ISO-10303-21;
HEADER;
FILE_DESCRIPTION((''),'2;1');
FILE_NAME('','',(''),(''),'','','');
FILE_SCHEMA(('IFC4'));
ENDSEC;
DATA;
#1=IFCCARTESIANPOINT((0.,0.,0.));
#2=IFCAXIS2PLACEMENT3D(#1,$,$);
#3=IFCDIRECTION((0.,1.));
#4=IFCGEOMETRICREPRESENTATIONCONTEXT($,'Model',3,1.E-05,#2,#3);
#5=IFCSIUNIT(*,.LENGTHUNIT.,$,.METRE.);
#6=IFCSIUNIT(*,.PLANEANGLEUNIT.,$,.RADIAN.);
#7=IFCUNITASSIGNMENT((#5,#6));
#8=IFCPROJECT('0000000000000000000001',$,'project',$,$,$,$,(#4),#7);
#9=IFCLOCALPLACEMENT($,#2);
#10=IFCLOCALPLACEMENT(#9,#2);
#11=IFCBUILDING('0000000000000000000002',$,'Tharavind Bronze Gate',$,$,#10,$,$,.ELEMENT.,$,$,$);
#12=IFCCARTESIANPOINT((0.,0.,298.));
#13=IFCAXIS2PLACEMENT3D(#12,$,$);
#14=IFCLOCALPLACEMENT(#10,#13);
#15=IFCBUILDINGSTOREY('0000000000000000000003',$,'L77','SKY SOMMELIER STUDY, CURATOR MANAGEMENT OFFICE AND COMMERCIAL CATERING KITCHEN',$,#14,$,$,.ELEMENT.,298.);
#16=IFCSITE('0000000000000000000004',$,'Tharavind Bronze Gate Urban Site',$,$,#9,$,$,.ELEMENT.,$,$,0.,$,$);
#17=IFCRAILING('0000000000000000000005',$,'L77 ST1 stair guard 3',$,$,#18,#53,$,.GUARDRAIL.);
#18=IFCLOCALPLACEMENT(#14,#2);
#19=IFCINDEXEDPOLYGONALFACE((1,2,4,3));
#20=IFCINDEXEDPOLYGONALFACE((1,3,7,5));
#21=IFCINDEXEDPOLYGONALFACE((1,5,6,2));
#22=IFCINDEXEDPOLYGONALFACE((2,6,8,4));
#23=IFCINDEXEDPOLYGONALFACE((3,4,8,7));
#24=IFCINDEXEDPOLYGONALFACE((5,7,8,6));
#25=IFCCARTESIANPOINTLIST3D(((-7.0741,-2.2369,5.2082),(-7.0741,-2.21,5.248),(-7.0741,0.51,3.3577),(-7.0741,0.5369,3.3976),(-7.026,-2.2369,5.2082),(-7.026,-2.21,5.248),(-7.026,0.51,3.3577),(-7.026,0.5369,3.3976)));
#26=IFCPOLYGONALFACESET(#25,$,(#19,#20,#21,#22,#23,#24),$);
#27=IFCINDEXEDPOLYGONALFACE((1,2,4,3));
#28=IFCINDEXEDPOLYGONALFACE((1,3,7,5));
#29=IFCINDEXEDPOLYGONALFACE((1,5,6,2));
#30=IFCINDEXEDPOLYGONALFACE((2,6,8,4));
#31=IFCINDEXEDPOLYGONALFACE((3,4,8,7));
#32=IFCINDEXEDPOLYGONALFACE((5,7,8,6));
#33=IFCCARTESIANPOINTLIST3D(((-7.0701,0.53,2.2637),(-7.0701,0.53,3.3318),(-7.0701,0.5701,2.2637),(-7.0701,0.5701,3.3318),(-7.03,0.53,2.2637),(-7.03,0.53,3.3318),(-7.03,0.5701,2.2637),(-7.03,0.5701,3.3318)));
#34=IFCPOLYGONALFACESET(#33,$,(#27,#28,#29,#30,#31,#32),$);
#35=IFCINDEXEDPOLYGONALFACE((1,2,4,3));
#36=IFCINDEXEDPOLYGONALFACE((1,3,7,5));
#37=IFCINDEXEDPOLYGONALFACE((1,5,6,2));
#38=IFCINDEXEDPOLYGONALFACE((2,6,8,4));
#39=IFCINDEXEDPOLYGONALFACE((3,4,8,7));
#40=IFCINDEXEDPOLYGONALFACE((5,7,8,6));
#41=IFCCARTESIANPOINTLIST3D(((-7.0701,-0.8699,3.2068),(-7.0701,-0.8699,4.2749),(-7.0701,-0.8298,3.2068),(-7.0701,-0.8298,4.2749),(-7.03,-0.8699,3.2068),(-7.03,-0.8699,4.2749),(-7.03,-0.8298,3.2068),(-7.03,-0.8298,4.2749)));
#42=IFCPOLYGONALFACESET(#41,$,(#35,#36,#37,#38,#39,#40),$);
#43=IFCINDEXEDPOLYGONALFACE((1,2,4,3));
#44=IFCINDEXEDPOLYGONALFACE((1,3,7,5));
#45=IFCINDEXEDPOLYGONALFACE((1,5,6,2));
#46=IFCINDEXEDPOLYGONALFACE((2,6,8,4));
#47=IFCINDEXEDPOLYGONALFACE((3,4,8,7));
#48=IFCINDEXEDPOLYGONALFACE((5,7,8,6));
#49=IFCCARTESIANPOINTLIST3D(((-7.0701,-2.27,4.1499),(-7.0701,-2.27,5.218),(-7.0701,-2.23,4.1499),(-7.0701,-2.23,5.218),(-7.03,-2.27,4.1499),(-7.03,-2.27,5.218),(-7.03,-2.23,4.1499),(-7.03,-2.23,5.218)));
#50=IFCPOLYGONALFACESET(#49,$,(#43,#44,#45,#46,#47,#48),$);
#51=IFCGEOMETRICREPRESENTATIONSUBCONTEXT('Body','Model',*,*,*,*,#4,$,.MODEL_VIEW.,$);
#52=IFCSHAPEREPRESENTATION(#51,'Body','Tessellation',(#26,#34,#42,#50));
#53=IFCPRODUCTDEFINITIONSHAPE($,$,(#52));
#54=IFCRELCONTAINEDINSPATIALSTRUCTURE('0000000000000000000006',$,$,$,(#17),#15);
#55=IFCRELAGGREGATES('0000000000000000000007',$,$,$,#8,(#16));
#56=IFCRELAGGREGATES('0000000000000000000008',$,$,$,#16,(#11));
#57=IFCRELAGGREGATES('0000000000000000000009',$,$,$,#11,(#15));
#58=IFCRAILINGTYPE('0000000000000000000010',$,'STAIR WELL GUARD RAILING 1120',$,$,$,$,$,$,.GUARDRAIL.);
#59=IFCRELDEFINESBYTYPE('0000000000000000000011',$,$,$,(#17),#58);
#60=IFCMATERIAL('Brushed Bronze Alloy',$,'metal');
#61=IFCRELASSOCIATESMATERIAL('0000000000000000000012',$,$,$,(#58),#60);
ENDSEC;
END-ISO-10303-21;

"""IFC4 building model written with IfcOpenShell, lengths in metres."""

from ifc_helpers import new_model, si_unit, direction, frame, origin, origin_2d, place, context, subcontext, project, spatial, rectangle, extrude, material, type_object, element, save


model = new_model("IFC4")

# Units and contexts
model_context = context("Model", 3, precision=1e-05, world=origin(), true_north=direction((0.0, 1.0)))
body_context = subcontext(model_context, "Body", "Model", "MODEL_VIEW")
ifc_project = project(units=[si_unit("LENGTHUNIT", "METRE"), si_unit("PLANEANGLEUNIT", "RADIAN")], contexts=[model_context])

# Site, building, storey
site_placement = place(None, origin())
site = spatial("IfcSite", under=ifc_project, at=site_placement, Name="Tharavind Bronze Gate Urban Site", CompositionType="ELEMENT", RefElevation=0.0)
building_placement = place(site_placement, origin())
building = spatial("IfcBuilding", under=site, at=building_placement, Name="Tharavind Bronze Gate", CompositionType="ELEMENT")
storey_placement = place(building_placement, frame((0.0, 0.0, 298.0)))
storey = spatial("IfcBuildingStorey", under=building, at=storey_placement, Name="L77", Description="SKY SOMMELIER STUDY, CURATOR MANAGEMENT OFFICE AND COMMERCIAL CATERING KITCHEN", CompositionType="ELEMENT", Elevation=298.0)

# Railing
ifc_material_1 = material(Name="Brushed Bronze Alloy", Category="metal")
railing_type = type_object("IfcRailingType", Name="STAIR WELL GUARD RAILING 1120", PredefinedType="GUARDRAIL", material=ifc_material_1)
railing_1_placement = place(storey_placement, frame((-7.05, 0.55, 2.2637)))
element("IfcRailing", 1, at=railing_1_placement, inside=storey, type_object=railing_type, Name="L77 ST1 stair guard 3", PredefinedType="GUARDRAIL", context=body_context, shape_type="SweptSolid", body=[
    extrude(rectangle(XDim=0.0481, YDim=0.0481, at=origin_2d()), frame((0.0, -0.0266, 1.114), z_axis=(0.0, -0.829371, 0.558699), x_axis=(1.0, 0.0, 0.0)), (0.0, 0.0, 1.0), 3.312),
    extrude(rectangle(XDim=0.04, YDim=0.04, at=origin_2d()), origin(), (0.0, 0.0, 1.0), 1.0681),
    extrude(rectangle(XDim=0.04, YDim=0.04, at=origin_2d()), frame((0.0, -1.3999, 0.9431)), (0.0, 0.0, 1.0), 1.0681),
    extrude(rectangle(XDim=0.04, YDim=0.04, at=origin_2d()), frame((0.0, -2.8, 1.8862)), (0.0, 0.0, 1.0), 1.0681),
])

save(model, "model.ifc")
